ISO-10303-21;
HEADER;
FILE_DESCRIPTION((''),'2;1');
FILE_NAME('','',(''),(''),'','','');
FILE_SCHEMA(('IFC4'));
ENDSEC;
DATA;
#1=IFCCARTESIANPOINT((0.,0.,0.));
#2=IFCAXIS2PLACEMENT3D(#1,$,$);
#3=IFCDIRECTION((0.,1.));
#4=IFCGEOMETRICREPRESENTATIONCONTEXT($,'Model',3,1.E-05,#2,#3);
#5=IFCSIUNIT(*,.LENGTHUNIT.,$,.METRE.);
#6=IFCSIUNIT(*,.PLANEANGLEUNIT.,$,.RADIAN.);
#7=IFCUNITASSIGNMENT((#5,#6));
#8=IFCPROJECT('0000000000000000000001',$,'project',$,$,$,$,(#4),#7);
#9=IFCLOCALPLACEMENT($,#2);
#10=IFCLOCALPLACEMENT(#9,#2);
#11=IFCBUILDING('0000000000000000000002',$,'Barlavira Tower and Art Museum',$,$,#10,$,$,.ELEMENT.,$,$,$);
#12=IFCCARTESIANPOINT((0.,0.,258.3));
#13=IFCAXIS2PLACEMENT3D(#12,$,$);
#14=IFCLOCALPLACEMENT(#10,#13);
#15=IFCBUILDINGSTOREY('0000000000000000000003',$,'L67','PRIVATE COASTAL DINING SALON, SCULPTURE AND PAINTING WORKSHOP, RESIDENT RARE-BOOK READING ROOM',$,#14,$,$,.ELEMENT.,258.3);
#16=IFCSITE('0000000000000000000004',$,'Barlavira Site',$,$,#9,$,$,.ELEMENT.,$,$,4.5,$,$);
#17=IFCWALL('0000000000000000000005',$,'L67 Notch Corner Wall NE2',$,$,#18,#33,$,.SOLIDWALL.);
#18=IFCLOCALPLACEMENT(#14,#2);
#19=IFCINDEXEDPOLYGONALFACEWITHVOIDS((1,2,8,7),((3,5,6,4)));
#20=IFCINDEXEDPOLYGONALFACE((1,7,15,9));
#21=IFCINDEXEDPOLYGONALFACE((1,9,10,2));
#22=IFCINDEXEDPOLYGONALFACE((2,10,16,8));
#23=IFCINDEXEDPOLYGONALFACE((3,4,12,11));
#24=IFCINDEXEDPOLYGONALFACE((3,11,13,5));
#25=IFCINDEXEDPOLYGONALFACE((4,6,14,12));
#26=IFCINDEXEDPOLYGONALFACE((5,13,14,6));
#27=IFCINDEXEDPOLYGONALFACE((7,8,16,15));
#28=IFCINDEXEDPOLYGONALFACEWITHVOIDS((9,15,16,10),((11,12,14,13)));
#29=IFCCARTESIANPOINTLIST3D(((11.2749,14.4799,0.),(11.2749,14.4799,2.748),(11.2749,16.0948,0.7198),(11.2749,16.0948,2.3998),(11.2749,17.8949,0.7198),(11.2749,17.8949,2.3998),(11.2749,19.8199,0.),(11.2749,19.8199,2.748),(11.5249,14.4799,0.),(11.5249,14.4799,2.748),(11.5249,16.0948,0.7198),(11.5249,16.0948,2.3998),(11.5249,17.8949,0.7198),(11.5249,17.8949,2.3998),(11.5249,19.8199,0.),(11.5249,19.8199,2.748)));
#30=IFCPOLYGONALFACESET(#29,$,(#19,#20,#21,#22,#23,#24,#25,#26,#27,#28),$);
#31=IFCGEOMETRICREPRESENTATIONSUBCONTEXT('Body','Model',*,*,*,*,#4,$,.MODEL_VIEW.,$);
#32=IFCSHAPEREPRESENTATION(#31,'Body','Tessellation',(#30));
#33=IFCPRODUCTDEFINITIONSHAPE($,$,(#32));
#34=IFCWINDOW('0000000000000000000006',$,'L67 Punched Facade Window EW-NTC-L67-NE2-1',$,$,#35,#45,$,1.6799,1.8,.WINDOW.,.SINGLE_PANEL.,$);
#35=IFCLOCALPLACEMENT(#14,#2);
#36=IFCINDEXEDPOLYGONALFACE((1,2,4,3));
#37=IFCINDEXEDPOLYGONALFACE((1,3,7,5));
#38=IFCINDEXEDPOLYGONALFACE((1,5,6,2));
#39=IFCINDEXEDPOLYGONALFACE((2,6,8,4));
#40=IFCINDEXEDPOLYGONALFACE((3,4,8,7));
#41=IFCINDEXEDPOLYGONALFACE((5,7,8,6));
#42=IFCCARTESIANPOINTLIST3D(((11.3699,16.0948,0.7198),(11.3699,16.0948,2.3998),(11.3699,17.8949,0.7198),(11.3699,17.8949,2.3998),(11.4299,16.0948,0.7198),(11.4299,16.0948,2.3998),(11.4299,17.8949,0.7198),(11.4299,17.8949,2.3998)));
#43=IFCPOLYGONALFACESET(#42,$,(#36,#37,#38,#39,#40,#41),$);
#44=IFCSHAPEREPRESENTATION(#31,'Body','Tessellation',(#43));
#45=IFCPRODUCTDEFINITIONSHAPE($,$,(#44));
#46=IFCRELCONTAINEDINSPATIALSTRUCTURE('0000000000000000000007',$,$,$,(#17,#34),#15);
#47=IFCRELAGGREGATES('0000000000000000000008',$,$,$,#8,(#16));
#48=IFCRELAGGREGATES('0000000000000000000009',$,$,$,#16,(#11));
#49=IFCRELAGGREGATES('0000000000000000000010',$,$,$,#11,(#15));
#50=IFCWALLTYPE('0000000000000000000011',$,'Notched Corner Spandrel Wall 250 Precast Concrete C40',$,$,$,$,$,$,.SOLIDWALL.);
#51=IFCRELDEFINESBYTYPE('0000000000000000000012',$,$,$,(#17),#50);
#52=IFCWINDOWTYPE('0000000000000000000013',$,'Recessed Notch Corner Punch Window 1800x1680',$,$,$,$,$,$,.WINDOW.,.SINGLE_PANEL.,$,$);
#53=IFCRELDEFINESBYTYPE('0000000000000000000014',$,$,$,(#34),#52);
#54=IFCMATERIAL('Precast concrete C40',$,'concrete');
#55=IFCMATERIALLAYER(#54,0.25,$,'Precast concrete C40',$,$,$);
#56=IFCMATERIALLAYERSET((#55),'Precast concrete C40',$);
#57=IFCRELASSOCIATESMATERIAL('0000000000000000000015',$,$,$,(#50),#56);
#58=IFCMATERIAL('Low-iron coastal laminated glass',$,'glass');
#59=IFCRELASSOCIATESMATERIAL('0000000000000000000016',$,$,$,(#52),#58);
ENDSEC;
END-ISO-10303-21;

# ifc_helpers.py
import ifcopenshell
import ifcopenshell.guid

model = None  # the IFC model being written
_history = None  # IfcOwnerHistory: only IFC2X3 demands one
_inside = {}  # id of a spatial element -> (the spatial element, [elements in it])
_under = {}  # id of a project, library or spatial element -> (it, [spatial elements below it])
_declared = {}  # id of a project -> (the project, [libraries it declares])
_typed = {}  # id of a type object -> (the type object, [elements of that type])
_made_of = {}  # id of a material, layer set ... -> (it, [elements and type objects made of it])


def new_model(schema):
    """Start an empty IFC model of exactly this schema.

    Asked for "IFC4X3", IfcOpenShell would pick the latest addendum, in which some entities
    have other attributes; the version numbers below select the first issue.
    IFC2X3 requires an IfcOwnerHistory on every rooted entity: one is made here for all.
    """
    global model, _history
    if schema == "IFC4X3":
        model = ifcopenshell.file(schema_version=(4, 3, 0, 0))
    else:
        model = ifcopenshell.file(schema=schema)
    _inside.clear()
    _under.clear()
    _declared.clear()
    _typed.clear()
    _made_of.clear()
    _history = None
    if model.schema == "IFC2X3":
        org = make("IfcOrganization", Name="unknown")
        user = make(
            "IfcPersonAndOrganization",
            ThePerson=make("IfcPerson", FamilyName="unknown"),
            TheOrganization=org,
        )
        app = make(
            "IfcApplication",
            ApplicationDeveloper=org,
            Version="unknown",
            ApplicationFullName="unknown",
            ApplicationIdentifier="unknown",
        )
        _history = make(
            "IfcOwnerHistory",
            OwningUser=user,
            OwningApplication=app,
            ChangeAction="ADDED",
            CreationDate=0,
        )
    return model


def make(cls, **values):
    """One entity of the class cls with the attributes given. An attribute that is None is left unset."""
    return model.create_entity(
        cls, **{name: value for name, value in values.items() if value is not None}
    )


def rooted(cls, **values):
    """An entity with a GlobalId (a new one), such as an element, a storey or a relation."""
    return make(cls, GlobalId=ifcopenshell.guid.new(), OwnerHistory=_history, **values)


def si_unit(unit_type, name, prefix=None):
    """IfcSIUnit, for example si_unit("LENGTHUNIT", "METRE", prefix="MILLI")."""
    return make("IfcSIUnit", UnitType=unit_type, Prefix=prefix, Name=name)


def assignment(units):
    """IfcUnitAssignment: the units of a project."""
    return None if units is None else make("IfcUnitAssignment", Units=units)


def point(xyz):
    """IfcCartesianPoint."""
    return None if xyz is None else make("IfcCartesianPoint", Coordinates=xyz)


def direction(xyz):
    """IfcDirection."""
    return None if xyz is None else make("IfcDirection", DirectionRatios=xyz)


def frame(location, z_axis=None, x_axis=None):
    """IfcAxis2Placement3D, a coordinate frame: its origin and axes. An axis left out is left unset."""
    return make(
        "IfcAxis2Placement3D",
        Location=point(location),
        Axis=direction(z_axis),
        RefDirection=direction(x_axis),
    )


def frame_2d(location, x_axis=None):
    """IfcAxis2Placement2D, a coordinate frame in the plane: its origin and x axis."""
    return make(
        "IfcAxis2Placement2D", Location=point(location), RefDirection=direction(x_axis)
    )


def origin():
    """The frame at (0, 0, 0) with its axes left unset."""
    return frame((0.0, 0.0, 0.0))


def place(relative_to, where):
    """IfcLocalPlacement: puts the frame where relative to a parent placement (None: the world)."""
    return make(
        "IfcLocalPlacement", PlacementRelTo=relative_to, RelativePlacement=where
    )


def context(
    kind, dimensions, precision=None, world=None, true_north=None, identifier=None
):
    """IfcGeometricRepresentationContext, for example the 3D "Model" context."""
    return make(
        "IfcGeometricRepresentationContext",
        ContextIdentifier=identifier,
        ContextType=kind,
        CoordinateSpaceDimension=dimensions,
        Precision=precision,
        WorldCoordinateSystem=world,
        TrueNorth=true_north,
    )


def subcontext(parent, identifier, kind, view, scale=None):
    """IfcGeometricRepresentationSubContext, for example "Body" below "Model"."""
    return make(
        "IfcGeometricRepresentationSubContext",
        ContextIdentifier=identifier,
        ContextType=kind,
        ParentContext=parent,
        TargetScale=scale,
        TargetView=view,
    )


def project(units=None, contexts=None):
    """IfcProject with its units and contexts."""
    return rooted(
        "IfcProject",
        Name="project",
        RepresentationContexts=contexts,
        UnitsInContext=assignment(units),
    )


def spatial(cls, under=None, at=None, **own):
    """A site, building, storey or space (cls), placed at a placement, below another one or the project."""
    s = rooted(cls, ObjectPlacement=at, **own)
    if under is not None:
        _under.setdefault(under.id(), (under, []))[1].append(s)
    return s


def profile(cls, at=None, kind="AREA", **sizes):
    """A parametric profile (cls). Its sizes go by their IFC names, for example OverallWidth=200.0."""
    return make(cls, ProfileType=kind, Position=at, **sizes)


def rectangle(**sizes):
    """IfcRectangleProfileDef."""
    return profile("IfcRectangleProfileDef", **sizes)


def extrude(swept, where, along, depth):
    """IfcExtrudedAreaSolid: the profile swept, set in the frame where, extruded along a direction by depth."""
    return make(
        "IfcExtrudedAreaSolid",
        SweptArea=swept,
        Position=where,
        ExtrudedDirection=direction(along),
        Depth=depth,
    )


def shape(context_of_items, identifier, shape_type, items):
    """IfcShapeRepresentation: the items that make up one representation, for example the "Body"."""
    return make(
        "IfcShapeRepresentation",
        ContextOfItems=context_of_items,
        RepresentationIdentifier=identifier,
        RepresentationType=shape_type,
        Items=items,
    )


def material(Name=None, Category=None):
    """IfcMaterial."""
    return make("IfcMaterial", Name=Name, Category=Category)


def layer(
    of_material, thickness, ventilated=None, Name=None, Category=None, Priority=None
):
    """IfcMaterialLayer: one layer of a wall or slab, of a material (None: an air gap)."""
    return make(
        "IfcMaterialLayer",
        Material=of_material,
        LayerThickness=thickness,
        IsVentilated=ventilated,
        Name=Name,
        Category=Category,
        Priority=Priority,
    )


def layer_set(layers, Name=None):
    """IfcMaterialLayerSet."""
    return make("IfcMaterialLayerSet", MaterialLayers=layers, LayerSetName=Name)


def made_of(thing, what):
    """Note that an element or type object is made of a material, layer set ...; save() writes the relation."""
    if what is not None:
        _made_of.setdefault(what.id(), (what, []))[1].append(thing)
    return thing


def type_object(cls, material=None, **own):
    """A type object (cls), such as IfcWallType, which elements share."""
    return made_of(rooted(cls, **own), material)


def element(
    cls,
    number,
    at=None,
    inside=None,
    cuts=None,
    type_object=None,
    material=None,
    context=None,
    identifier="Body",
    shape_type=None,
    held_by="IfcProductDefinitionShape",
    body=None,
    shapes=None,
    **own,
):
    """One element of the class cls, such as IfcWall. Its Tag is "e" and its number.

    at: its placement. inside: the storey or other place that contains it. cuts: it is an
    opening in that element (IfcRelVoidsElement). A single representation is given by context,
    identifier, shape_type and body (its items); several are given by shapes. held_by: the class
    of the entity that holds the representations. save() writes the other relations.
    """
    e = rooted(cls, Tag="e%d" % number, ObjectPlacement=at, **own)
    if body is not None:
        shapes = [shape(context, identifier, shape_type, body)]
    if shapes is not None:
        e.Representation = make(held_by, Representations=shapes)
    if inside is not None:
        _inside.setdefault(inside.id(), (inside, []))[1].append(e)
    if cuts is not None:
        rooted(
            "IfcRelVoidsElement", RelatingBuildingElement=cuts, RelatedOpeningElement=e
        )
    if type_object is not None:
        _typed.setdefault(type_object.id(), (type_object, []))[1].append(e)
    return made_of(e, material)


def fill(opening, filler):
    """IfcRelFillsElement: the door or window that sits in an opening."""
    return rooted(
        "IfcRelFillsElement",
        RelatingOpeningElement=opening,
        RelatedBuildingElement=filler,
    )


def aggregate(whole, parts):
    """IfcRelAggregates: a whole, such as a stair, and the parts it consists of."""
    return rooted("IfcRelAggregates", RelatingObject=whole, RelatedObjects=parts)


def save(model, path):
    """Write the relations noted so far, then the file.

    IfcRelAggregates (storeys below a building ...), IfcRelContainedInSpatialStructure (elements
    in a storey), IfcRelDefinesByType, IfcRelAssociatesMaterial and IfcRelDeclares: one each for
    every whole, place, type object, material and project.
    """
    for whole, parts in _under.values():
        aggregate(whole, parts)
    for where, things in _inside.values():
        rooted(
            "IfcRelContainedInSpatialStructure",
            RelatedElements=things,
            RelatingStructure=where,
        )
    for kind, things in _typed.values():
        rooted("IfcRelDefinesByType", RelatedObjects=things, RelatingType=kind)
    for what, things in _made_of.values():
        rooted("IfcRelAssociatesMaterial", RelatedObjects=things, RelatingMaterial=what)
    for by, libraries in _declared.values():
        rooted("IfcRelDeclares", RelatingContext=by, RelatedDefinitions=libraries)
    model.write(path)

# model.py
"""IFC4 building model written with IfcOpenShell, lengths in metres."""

from ifc_helpers import new_model, si_unit, direction, frame, frame_2d, origin, place, context, subcontext, project, spatial, rectangle, extrude, material, layer, layer_set, type_object, element, fill, save


model = new_model("IFC4")

# Units and contexts
model_context = context("Model", 3, precision=1e-05, world=origin(), true_north=direction((0.0, 1.0)))
body_context = subcontext(model_context, "Body", "Model", "MODEL_VIEW")
ifc_project = project(units=[si_unit("LENGTHUNIT", "METRE"), si_unit("PLANEANGLEUNIT", "RADIAN")], contexts=[model_context])

# Site, building, storey
site_placement = place(None, origin())
site = spatial("IfcSite", under=ifc_project, at=site_placement, Name="Barlavira Site", CompositionType="ELEMENT", RefElevation=4.5)
building_placement = place(site_placement, origin())
building = spatial("IfcBuilding", under=site, at=building_placement, Name="Barlavira Tower and Art Museum", CompositionType="ELEMENT")
storey_placement = place(building_placement, frame((0.0, 0.0, 258.3)))
storey = spatial("IfcBuildingStorey", under=building, at=storey_placement, Name="L67", Description="PRIVATE COASTAL DINING SALON, SCULPTURE AND PAINTING WORKSHOP, RESIDENT RARE-BOOK READING ROOM", CompositionType="ELEMENT", Elevation=258.3)

# Shared definitions
ifc_material_1 = material(Name="Precast concrete C40", Category="concrete")
ifc_layer_1 = layer(ifc_material_1, 0.25, Name="Precast concrete C40")
ifc_layer_set_1 = layer_set([ifc_layer_1], Name="Precast concrete C40")
wall_type_1 = type_object("IfcWallType", Name="Notched Corner Spandrel Wall 250 Precast Concrete C40", PredefinedType="SOLIDWALL", material=ifc_layer_set_1)
ifc_material_2 = material(Name="Low-iron coastal laminated glass", Category="glass")

# Shared definitions
window_type_1 = type_object("IfcWindowType", Name="Recessed Notch Corner Punch Window 1800x1680", PartitioningType="SINGLE_PANEL", PredefinedType="WINDOW", material=ifc_material_2)

# Wall, opening, window
wall_1_placement = place(storey_placement, frame((11.3999, 14.48, 0.0), z_axis=(0.0, 0.0, 1.0), x_axis=(0.0, 1.0, 0.0)))
wall_1 = element("IfcWall", 1, at=wall_1_placement, inside=storey, type_object=wall_type_1, Name="L67 Notch Corner Wall NE2", PredefinedType="SOLIDWALL", context=body_context, shape_type="SweptSolid", body=[
    extrude(rectangle(XDim=5.3401, YDim=0.25, at=frame_2d((2.6699, 0.0))), origin(), (0.0, 0.0, 1.0), 2.748),
])
opening_1_placement = place(wall_1_placement, frame((1.615, 0.0, 0.72)))
opening_1 = element("IfcOpeningElement", 2, at=opening_1_placement, cuts=wall_1, PredefinedType="OPENING", context=body_context, shape_type="SweptSolid", body=[
    extrude(rectangle(XDim=1.8, YDim=1.6799, at=frame_2d((0.8999, 0.8398))), frame((0.0, 0.135, 0.0), z_axis=(0.0, -1.0, 0.0), x_axis=(1.0, 0.0, 0.0)), (0.0, 0.0, 1.0), 0.27),
])
window_1_placement = place(opening_1_placement, origin())
window_1 = element("IfcWindow", 3, at=window_1_placement, inside=storey, type_object=window_type_1, Name="L67 Punched Facade Window EW-NTC-L67-NE2-1", OverallHeight=1.6799, OverallWidth=1.8, PartitioningType="SINGLE_PANEL", PredefinedType="WINDOW", context=body_context, shape_type="SweptSolid", body=[
    extrude(rectangle(XDim=1.8, YDim=1.6799, at=frame_2d((0.8999, 0.8398))), frame((0.0, 0.03, 0.0), z_axis=(0.0, -1.0, 0.0), x_axis=(1.0, 0.0, 0.0)), (0.0, 0.0, 1.0), 0.0601),
])
fill(opening_1, window_1)

save(model, "model.ifc")
